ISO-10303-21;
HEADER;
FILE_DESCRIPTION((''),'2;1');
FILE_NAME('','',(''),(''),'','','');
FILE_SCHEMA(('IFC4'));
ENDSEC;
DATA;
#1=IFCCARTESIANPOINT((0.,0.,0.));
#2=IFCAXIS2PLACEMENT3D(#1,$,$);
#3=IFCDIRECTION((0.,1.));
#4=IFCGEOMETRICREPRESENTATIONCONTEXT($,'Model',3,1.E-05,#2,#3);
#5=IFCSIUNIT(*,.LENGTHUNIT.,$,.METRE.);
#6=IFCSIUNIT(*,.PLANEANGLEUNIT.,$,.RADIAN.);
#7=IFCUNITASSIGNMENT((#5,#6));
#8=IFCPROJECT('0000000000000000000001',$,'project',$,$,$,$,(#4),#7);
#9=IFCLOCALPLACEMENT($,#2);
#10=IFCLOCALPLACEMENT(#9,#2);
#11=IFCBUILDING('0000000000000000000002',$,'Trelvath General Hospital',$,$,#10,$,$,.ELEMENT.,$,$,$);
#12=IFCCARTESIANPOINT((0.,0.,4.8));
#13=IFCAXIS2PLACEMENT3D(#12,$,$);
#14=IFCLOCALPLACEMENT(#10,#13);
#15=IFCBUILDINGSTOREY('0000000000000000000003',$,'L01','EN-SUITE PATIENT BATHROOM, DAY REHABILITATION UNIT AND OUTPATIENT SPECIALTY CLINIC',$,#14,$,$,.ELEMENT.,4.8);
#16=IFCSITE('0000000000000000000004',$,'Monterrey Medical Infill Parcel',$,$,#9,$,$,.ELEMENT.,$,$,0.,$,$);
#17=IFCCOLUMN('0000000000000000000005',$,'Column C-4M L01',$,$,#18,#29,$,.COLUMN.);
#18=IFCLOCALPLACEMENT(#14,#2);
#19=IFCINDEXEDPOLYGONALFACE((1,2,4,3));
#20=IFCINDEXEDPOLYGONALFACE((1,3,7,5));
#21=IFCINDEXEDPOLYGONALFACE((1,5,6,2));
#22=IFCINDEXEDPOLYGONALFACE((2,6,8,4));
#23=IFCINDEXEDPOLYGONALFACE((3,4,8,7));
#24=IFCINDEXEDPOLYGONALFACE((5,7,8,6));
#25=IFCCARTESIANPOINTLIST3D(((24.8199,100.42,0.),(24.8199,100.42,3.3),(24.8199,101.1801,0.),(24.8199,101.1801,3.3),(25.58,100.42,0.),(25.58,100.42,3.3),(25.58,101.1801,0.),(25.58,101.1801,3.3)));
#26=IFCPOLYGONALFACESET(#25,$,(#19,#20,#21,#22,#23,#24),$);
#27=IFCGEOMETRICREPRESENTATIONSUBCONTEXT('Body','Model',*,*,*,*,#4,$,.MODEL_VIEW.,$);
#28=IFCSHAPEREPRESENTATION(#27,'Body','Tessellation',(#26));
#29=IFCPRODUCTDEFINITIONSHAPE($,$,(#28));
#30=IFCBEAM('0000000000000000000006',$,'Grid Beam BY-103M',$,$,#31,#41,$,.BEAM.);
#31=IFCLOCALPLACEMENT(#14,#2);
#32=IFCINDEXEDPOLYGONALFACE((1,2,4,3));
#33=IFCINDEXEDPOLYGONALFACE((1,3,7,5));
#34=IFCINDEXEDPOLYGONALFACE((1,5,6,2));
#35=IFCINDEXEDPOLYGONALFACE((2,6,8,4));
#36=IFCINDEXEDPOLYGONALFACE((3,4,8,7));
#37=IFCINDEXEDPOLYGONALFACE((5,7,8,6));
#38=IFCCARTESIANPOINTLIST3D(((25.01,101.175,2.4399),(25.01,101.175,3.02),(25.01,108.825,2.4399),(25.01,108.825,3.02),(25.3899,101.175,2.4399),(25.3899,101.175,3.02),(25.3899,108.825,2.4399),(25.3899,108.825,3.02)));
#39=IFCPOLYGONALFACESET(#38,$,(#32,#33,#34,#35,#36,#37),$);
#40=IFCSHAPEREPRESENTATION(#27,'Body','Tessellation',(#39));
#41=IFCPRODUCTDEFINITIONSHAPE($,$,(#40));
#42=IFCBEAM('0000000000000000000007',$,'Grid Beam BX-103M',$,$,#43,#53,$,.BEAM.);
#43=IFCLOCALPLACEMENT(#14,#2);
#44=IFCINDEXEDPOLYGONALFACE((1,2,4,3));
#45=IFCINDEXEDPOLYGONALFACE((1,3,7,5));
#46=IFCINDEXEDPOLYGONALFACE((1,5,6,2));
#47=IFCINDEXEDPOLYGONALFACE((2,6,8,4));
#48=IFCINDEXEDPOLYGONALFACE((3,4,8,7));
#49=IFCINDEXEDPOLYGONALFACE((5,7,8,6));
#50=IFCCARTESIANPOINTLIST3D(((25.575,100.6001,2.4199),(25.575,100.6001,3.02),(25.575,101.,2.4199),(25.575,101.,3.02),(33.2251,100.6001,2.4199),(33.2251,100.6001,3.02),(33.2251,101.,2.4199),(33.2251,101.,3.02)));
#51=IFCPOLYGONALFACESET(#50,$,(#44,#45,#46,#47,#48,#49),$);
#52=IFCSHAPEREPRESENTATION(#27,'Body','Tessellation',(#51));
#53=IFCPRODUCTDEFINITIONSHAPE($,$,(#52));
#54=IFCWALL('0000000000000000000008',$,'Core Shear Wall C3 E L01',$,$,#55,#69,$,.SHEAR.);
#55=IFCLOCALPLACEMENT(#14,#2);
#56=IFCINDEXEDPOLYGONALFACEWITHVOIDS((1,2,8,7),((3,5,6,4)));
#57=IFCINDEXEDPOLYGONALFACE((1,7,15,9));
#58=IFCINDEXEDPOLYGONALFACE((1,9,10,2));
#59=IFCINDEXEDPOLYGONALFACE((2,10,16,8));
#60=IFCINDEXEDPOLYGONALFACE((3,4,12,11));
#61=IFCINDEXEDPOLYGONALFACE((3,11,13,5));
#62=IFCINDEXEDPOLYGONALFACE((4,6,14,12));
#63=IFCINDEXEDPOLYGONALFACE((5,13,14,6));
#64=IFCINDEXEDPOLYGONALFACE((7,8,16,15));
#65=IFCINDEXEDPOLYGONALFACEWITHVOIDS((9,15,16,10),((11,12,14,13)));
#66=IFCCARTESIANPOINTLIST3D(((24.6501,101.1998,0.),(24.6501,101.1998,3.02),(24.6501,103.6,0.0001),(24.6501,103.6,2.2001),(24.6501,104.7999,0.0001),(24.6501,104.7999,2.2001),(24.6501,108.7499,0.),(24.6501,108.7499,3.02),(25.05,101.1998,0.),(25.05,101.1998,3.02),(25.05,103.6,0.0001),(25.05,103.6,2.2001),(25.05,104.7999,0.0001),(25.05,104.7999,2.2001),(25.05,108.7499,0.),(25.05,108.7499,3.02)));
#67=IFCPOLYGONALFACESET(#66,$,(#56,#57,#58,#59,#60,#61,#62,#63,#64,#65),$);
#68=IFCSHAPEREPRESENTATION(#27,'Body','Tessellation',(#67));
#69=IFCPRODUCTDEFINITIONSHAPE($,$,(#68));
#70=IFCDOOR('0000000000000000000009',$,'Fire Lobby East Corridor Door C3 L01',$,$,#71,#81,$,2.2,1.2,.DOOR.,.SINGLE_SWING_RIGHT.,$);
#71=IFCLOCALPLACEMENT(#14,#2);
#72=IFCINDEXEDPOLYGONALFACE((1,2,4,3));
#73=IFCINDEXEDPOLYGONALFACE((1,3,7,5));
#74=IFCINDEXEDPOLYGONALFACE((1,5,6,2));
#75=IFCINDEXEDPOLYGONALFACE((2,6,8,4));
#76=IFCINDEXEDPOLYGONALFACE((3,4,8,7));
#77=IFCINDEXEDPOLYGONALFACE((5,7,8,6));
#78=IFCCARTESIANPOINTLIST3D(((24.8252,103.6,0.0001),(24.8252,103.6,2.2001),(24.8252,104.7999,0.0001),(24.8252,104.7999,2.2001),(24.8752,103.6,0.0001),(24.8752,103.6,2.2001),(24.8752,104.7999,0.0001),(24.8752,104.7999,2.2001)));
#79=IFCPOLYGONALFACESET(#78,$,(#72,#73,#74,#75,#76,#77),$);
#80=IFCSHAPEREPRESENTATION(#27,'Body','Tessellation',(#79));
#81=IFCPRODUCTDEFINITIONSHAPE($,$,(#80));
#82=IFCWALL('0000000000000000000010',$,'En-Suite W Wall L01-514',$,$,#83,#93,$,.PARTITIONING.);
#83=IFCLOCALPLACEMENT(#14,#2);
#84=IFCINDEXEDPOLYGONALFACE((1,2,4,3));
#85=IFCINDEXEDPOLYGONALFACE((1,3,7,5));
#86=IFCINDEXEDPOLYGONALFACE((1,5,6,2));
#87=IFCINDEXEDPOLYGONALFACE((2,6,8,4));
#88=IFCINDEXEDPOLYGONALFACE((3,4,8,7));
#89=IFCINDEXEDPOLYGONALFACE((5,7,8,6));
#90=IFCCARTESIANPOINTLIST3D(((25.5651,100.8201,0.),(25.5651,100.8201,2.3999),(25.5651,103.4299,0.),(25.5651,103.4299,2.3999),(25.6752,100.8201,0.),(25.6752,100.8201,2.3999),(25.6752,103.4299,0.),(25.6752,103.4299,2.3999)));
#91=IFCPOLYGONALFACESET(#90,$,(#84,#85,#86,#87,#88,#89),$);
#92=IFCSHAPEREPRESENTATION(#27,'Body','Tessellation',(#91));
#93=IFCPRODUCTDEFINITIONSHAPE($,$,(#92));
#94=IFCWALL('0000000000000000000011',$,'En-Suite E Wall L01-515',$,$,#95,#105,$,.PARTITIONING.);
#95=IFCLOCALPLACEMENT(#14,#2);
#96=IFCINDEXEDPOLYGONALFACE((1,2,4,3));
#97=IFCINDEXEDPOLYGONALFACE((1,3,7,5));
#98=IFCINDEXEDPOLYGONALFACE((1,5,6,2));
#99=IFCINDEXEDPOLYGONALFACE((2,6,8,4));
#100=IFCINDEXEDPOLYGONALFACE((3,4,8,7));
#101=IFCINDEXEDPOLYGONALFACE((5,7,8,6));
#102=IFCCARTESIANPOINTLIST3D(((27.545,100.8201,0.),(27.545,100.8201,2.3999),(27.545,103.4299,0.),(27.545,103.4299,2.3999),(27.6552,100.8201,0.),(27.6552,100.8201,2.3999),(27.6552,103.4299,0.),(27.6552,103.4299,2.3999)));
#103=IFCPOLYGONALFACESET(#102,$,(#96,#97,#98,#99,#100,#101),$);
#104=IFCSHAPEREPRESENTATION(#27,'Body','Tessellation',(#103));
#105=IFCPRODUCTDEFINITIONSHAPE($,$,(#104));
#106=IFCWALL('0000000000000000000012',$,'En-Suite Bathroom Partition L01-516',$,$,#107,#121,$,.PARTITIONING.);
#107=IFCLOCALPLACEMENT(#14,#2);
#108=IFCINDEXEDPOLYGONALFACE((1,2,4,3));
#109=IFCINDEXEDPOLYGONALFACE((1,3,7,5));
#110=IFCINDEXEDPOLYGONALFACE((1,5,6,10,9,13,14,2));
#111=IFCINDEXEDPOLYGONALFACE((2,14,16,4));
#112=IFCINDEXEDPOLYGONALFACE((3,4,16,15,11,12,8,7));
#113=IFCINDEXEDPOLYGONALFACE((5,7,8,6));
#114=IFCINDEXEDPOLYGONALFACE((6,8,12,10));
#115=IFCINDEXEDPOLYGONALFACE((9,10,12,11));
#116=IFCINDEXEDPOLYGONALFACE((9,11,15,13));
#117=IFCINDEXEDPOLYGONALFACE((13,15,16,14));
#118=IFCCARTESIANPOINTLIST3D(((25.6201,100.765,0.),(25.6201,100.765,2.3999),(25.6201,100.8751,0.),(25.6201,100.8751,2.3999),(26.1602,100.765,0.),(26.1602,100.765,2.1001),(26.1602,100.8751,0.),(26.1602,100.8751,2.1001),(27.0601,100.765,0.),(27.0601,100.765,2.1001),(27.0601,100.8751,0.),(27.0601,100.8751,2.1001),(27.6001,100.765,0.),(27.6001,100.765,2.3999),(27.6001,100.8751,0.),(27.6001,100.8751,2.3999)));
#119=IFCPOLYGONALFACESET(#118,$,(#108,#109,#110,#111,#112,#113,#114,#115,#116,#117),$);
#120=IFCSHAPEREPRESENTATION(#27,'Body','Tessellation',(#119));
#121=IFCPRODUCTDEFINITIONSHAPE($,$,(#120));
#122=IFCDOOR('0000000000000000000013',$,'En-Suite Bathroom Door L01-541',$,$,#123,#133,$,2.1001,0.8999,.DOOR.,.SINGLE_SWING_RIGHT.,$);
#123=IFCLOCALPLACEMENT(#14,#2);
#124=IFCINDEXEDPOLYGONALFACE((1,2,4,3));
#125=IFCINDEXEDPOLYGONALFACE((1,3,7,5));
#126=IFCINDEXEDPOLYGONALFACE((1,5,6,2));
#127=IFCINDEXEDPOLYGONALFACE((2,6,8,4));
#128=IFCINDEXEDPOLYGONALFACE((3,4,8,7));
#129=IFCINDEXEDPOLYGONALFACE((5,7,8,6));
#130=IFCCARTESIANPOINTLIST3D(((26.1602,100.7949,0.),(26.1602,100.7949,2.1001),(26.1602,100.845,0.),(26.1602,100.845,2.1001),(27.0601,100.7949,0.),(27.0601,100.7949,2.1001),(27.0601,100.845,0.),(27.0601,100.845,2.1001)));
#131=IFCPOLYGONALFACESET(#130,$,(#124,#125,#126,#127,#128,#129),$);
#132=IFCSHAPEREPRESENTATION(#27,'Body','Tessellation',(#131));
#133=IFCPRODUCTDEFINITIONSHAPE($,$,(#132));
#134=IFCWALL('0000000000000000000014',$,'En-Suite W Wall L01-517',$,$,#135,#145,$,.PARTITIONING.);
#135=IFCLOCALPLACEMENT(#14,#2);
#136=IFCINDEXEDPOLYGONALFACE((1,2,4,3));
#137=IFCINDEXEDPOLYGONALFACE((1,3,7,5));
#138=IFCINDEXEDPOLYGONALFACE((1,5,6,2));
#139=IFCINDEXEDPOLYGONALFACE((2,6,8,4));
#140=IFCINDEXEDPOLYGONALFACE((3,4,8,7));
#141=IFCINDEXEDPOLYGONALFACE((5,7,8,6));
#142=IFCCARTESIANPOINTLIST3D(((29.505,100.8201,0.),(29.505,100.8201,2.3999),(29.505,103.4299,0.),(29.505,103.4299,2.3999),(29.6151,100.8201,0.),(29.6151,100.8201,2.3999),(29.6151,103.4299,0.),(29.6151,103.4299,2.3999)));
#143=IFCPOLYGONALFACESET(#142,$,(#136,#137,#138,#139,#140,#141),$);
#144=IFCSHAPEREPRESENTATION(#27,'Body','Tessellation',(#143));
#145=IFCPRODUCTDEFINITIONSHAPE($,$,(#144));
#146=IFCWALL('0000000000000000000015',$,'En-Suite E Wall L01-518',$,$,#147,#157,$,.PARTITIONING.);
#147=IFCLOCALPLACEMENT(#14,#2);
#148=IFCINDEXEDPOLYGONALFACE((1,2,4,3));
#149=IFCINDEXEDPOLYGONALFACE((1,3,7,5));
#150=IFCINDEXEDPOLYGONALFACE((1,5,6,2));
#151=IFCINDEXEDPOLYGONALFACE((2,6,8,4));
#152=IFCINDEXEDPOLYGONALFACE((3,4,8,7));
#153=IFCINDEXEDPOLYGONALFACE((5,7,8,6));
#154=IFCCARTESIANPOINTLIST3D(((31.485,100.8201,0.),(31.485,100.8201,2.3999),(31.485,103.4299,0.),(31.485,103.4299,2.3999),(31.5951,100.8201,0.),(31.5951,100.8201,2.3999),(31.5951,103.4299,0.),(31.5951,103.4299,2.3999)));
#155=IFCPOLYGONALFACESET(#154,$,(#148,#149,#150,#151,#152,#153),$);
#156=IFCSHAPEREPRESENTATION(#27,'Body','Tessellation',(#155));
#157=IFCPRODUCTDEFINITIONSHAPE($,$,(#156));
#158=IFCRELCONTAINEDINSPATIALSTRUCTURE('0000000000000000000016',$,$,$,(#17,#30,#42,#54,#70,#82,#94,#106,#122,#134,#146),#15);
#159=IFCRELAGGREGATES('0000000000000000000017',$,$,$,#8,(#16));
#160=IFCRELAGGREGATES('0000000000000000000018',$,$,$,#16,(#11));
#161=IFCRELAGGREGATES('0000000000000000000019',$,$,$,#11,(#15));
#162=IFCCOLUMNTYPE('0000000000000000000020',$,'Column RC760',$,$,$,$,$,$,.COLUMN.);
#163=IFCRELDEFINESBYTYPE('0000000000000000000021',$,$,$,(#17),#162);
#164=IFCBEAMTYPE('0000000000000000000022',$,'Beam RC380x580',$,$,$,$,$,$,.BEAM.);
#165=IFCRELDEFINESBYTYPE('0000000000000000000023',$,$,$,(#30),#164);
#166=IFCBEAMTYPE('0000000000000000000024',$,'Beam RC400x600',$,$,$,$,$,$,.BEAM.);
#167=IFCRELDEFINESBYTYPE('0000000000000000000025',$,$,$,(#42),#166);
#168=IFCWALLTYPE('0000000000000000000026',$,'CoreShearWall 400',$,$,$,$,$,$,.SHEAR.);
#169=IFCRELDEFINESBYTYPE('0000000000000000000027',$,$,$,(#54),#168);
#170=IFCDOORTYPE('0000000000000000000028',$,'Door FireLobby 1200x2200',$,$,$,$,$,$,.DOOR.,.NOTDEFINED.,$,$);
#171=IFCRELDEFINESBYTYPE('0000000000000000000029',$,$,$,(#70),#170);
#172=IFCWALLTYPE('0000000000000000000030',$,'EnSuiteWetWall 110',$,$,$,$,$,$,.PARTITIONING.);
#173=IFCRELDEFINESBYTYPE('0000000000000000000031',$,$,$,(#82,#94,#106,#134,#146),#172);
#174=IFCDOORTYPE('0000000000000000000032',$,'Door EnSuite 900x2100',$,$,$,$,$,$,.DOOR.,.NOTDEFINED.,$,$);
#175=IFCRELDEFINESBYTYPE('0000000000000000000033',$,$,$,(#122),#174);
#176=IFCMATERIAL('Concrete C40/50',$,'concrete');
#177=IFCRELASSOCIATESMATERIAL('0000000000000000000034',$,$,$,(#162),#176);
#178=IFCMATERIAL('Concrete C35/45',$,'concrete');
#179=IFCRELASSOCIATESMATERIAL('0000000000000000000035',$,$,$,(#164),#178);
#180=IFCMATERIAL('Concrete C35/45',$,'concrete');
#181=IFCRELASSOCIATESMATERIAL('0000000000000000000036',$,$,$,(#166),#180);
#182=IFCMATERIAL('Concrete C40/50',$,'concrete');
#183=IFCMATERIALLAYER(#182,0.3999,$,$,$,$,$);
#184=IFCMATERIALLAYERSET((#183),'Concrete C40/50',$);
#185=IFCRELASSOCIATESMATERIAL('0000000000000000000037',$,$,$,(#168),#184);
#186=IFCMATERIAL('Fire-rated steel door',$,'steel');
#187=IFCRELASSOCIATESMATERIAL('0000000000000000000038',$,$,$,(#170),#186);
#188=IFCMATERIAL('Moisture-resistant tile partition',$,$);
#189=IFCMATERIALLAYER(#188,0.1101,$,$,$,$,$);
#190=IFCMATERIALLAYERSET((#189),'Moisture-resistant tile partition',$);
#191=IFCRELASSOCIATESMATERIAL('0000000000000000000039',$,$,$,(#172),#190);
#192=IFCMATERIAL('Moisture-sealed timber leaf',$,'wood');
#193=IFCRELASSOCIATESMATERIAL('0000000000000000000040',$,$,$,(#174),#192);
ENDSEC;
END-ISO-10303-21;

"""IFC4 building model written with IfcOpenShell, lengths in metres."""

from ifc_helpers import new_model, si_unit, direction, frame, frame_2d, origin, origin_2d, place, context, subcontext, project, spatial, rectangle, extrude, material, layer, layer_set, material_profile, profile_set, type_object, element, fill, save


model = new_model("IFC4")

# Units and contexts
model_context = context("Model", 3, precision=1e-05, world=origin(), true_north=direction((0.0, 1.0)))
body_context = subcontext(model_context, "Body", "Model", "MODEL_VIEW")
ifc_project = project(units=[si_unit("LENGTHUNIT", "METRE"), si_unit("PLANEANGLEUNIT", "RADIAN")], contexts=[model_context])

# Site, building, storey
site_placement = place(None, origin())
site = spatial("IfcSite", under=ifc_project, at=site_placement, Name="Monterrey Medical Infill Parcel", CompositionType="ELEMENT", RefElevation=0.0)
building_placement = place(site_placement, origin())
building = spatial("IfcBuilding", under=site, at=building_placement, Name="Trelvath General Hospital", CompositionType="ELEMENT")
storey_placement = place(building_placement, frame((0.0, 0.0, 4.8)))
storey = spatial("IfcBuildingStorey", under=building, at=storey_placement, Name="L01", Description="EN-SUITE PATIENT BATHROOM, DAY REHABILITATION UNIT AND OUTPATIENT SPECIALTY CLINIC", CompositionType="ELEMENT", Elevation=4.8)

# Column
ifc_material_1 = material(Name="Concrete C40/50", Category="concrete")
ifc_material_profile_1 = material_profile(ifc_material_1, rectangle(XDim=0.76, YDim=0.76, at=origin_2d()), Name="RC760x760")
ifc_profile_set_1 = profile_set([ifc_material_profile_1], Name="Concrete C40/50")
column_type = type_object("IfcColumnType", Name="Column RC760", PredefinedType="COLUMN", material=ifc_profile_set_1)
column_placement = place(storey_placement, frame((25.2, 100.8, 0.0), z_axis=(0.0, 0.0, 1.0), x_axis=(1.0, 0.0, 0.0)))
element("IfcColumn", 1, at=column_placement, inside=storey, type_object=column_type, Name="Column C-4M L01", PredefinedType="COLUMN", context=body_context, shape_type="SweptSolid", body=[
    extrude(rectangle(XDim=0.76, YDim=0.76, at=origin_2d()), origin(), (0.0, 0.0, 1.0), 3.3),
])

# Beams
ifc_material_2 = material(Name="Concrete C35/45", Category="concrete")
ifc_material_profile_2 = material_profile(ifc_material_2, rectangle(XDim=0.3799, YDim=0.5801, at=origin_2d()), Name="RCB380x580")
ifc_profile_set_2 = profile_set([ifc_material_profile_2], Name="Concrete C35/45")
beam_type_1 = type_object("IfcBeamType", Name="Beam RC380x580", PredefinedType="BEAM", material=ifc_profile_set_2)
beam_1_placement = place(storey_placement, frame((25.2, 101.175, 2.73), z_axis=(0.0, 1.0, 0.0), x_axis=(-1.0, 0.0, 0.0)))
element("IfcBeam", 2, at=beam_1_placement, inside=storey, type_object=beam_type_1, Name="Grid Beam BY-103M", PredefinedType="BEAM", context=body_context, shape_type="SweptSolid", body=[
    extrude(rectangle(XDim=0.3799, YDim=0.5801, at=origin_2d()), origin(), (0.0, 0.0, 1.0), 7.6499),
])
ifc_material_3 = material(Name="Concrete C35/45", Category="concrete")
ifc_material_profile_3 = material_profile(ifc_material_3, rectangle(XDim=0.3999, YDim=0.6001, at=origin_2d()), Name="RCB400x600")
ifc_profile_set_3 = profile_set([ifc_material_profile_3], Name="Concrete C35/45")
beam_type_2 = type_object("IfcBeamType", Name="Beam RC400x600", PredefinedType="BEAM", material=ifc_profile_set_3)
beam_2_placement = place(storey_placement, frame((25.575, 100.8, 2.72), z_axis=(1.0, 0.0, 0.0), x_axis=(0.0, 1.0, 0.0)))
element("IfcBeam", 3, at=beam_2_placement, inside=storey, type_object=beam_type_2, Name="Grid Beam BX-103M", PredefinedType="BEAM", context=body_context, shape_type="SweptSolid", body=[
    extrude(rectangle(XDim=0.3999, YDim=0.6001, at=origin_2d()), origin(), (0.0, 0.0, 1.0), 7.6501),
])

# Wall, opening, door
ifc_material_4 = material(Name="Concrete C40/50", Category="concrete")
ifc_layer_1 = layer(ifc_material_4, 0.3999)
ifc_layer_set_1 = layer_set([ifc_layer_1], Name="Concrete C40/50")
wall_type_1 = type_object("IfcWallType", Name="CoreShearWall 400", PredefinedType="SHEAR", material=ifc_layer_set_1)
wall_1_placement = place(storey_placement, frame((24.8501, 101.2, 0.0), z_axis=(0.0, 0.0, 1.0), x_axis=(0.0, 1.0, 0.0)))
wall_1 = element("IfcWall", 4, at=wall_1_placement, inside=storey, type_object=wall_type_1, Name="Core Shear Wall C3 E L01", PredefinedType="SHEAR", context=body_context, shape_type="SweptSolid", body=[
    extrude(rectangle(XDim=7.55, YDim=0.3999, at=frame_2d((3.7749, 0.0))), origin(), (0.0, 0.0, 1.0), 3.02),
])
opening_1_placement = place(wall_1_placement, frame((2.3999, 0.0, 0.0)))
opening_1 = element("IfcOpeningElement", 5, at=opening_1_placement, cuts=wall_1, PredefinedType="OPENING", context=body_context, shape_type="SweptSolid", body=[
    extrude(rectangle(XDim=1.2, YDim=2.2, at=frame_2d((0.6001, 1.1001))), frame((0.0, 0.21, 0.0), z_axis=(0.0, -1.0, 0.0), x_axis=(1.0, 0.0, 0.0)), (0.0, 0.0, 1.0), 0.4199),
])
ifc_material_5 = material(Name="Fire-rated steel door", Category="steel")
door_type_1 = type_object("IfcDoorType", Name="Door FireLobby 1200x2200", OperationType="NOTDEFINED", PredefinedType="DOOR", material=ifc_material_5)
door_1_placement = place(opening_1_placement, origin())
door_1 = element("IfcDoor", 6, at=door_1_placement, inside=storey, type_object=door_type_1, Name="Fire Lobby East Corridor Door C3 L01", OperationType="SINGLE_SWING_RIGHT", OverallHeight=2.2, OverallWidth=1.2, PredefinedType="DOOR", context=body_context, shape_type="SweptSolid", body=[
    extrude(rectangle(XDim=1.2, YDim=2.2, at=frame_2d((0.6001, 1.1001))), frame((0.0, 0.0249, 0.0), z_axis=(0.0, -1.0, 0.0), x_axis=(1.0, 0.0, 0.0)), (0.0, 0.0, 1.0), 0.05),
])
fill(opening_1, door_1)

# Walls
ifc_material_6 = material(Name="Moisture-resistant tile partition")
ifc_layer_2 = layer(ifc_material_6, 0.1101)
ifc_layer_set_2 = layer_set([ifc_layer_2], Name="Moisture-resistant tile partition")
wall_type_2 = type_object("IfcWallType", Name="EnSuiteWetWall 110", PredefinedType="PARTITIONING", material=ifc_layer_set_2)
for number, where, z_axis, x_axis, name in (
    (7, (25.6201, 100.8201, 0.0), (0.0, 0.0, 1.0), (0.0, 1.0, 0.0), "En-Suite W Wall L01-514"),
    (8, (27.6001, 100.8201, 0.0), (0.0, 0.0, 1.0), (0.0, 1.0, 0.0), "En-Suite E Wall L01-515"),
):
    element("IfcWall", number, at=place(storey_placement, frame(where, z_axis=z_axis, x_axis=x_axis)), inside=storey, type_object=wall_type_2, Name=name, PredefinedType="PARTITIONING", context=body_context, shape_type="SweptSolid", body=[
        extrude(rectangle(XDim=2.6099, YDim=0.1101, at=frame_2d((1.3049, 0.0))), origin(), (0.0, 0.0, 1.0), 2.3999),
    ])

# Wall, opening, door
wall_2_placement = place(storey_placement, frame((25.6201, 100.8201, 0.0), z_axis=(0.0, 0.0, 1.0), x_axis=(1.0, 0.0, 0.0)))
wall_2 = element("IfcWall", 9, at=wall_2_placement, inside=storey, type_object=wall_type_2, Name="En-Suite Bathroom Partition L01-516", PredefinedType="PARTITIONING", context=body_context, shape_type="SweptSolid", body=[
    extrude(rectangle(XDim=1.98, YDim=0.1101, at=frame_2d((0.99, 0.0))), origin(), (0.0, 0.0, 1.0), 2.3999),
])
opening_2_placement = place(wall_2_placement, frame((0.54, 0.0, 0.0)))
opening_2 = element("IfcOpeningElement", 10, at=opening_2_placement, cuts=wall_2, PredefinedType="OPENING", context=body_context, shape_type="SweptSolid", body=[
    extrude(rectangle(XDim=0.8999, YDim=2.1001, at=frame_2d((0.45, 1.05))), frame((0.0, 0.0649, 0.0), z_axis=(0.0, -1.0, 0.0), x_axis=(1.0, 0.0, 0.0)), (0.0, 0.0, 1.0), 0.1301),
])
ifc_material_7 = material(Name="Moisture-sealed timber leaf", Category="wood")
door_type_2 = type_object("IfcDoorType", Name="Door EnSuite 900x2100", OperationType="NOTDEFINED", PredefinedType="DOOR", material=ifc_material_7)
door_2_placement = place(opening_2_placement, origin())
door_2 = element("IfcDoor", 11, at=door_2_placement, inside=storey, type_object=door_type_2, Name="En-Suite Bathroom Door L01-541", OperationType="SINGLE_SWING_RIGHT", OverallHeight=2.1001, OverallWidth=0.8999, PredefinedType="DOOR", context=body_context, shape_type="SweptSolid", body=[
    extrude(rectangle(XDim=0.8999, YDim=2.1001, at=frame_2d((0.45, 1.05))), frame((0.0, 0.0249, 0.0), z_axis=(0.0, -1.0, 0.0), x_axis=(1.0, 0.0, 0.0)), (0.0, 0.0, 1.0), 0.05),
])
fill(opening_2, door_2)

# Walls
for number, where, z_axis, x_axis, name in (
    (12, (29.5601, 100.8201, 0.0), (0.0, 0.0, 1.0), (0.0, 1.0, 0.0), "En-Suite W Wall L01-517"),
    (13, (31.54, 100.8201, 0.0), (0.0, 0.0, 1.0), (0.0, 1.0, 0.0), "En-Suite E Wall L01-518"),
):
    element("IfcWall", number, at=place(storey_placement, frame(where, z_axis=z_axis, x_axis=x_axis)), inside=storey, type_object=wall_type_2, Name=name, PredefinedType="PARTITIONING", context=body_context, shape_type="SweptSolid", body=[
        extrude(rectangle(XDim=2.6099, YDim=0.1101, at=frame_2d((1.3049, 0.0))), origin(), (0.0, 0.0, 1.0), 2.3999),
    ])

save(model, "model.ifc")
